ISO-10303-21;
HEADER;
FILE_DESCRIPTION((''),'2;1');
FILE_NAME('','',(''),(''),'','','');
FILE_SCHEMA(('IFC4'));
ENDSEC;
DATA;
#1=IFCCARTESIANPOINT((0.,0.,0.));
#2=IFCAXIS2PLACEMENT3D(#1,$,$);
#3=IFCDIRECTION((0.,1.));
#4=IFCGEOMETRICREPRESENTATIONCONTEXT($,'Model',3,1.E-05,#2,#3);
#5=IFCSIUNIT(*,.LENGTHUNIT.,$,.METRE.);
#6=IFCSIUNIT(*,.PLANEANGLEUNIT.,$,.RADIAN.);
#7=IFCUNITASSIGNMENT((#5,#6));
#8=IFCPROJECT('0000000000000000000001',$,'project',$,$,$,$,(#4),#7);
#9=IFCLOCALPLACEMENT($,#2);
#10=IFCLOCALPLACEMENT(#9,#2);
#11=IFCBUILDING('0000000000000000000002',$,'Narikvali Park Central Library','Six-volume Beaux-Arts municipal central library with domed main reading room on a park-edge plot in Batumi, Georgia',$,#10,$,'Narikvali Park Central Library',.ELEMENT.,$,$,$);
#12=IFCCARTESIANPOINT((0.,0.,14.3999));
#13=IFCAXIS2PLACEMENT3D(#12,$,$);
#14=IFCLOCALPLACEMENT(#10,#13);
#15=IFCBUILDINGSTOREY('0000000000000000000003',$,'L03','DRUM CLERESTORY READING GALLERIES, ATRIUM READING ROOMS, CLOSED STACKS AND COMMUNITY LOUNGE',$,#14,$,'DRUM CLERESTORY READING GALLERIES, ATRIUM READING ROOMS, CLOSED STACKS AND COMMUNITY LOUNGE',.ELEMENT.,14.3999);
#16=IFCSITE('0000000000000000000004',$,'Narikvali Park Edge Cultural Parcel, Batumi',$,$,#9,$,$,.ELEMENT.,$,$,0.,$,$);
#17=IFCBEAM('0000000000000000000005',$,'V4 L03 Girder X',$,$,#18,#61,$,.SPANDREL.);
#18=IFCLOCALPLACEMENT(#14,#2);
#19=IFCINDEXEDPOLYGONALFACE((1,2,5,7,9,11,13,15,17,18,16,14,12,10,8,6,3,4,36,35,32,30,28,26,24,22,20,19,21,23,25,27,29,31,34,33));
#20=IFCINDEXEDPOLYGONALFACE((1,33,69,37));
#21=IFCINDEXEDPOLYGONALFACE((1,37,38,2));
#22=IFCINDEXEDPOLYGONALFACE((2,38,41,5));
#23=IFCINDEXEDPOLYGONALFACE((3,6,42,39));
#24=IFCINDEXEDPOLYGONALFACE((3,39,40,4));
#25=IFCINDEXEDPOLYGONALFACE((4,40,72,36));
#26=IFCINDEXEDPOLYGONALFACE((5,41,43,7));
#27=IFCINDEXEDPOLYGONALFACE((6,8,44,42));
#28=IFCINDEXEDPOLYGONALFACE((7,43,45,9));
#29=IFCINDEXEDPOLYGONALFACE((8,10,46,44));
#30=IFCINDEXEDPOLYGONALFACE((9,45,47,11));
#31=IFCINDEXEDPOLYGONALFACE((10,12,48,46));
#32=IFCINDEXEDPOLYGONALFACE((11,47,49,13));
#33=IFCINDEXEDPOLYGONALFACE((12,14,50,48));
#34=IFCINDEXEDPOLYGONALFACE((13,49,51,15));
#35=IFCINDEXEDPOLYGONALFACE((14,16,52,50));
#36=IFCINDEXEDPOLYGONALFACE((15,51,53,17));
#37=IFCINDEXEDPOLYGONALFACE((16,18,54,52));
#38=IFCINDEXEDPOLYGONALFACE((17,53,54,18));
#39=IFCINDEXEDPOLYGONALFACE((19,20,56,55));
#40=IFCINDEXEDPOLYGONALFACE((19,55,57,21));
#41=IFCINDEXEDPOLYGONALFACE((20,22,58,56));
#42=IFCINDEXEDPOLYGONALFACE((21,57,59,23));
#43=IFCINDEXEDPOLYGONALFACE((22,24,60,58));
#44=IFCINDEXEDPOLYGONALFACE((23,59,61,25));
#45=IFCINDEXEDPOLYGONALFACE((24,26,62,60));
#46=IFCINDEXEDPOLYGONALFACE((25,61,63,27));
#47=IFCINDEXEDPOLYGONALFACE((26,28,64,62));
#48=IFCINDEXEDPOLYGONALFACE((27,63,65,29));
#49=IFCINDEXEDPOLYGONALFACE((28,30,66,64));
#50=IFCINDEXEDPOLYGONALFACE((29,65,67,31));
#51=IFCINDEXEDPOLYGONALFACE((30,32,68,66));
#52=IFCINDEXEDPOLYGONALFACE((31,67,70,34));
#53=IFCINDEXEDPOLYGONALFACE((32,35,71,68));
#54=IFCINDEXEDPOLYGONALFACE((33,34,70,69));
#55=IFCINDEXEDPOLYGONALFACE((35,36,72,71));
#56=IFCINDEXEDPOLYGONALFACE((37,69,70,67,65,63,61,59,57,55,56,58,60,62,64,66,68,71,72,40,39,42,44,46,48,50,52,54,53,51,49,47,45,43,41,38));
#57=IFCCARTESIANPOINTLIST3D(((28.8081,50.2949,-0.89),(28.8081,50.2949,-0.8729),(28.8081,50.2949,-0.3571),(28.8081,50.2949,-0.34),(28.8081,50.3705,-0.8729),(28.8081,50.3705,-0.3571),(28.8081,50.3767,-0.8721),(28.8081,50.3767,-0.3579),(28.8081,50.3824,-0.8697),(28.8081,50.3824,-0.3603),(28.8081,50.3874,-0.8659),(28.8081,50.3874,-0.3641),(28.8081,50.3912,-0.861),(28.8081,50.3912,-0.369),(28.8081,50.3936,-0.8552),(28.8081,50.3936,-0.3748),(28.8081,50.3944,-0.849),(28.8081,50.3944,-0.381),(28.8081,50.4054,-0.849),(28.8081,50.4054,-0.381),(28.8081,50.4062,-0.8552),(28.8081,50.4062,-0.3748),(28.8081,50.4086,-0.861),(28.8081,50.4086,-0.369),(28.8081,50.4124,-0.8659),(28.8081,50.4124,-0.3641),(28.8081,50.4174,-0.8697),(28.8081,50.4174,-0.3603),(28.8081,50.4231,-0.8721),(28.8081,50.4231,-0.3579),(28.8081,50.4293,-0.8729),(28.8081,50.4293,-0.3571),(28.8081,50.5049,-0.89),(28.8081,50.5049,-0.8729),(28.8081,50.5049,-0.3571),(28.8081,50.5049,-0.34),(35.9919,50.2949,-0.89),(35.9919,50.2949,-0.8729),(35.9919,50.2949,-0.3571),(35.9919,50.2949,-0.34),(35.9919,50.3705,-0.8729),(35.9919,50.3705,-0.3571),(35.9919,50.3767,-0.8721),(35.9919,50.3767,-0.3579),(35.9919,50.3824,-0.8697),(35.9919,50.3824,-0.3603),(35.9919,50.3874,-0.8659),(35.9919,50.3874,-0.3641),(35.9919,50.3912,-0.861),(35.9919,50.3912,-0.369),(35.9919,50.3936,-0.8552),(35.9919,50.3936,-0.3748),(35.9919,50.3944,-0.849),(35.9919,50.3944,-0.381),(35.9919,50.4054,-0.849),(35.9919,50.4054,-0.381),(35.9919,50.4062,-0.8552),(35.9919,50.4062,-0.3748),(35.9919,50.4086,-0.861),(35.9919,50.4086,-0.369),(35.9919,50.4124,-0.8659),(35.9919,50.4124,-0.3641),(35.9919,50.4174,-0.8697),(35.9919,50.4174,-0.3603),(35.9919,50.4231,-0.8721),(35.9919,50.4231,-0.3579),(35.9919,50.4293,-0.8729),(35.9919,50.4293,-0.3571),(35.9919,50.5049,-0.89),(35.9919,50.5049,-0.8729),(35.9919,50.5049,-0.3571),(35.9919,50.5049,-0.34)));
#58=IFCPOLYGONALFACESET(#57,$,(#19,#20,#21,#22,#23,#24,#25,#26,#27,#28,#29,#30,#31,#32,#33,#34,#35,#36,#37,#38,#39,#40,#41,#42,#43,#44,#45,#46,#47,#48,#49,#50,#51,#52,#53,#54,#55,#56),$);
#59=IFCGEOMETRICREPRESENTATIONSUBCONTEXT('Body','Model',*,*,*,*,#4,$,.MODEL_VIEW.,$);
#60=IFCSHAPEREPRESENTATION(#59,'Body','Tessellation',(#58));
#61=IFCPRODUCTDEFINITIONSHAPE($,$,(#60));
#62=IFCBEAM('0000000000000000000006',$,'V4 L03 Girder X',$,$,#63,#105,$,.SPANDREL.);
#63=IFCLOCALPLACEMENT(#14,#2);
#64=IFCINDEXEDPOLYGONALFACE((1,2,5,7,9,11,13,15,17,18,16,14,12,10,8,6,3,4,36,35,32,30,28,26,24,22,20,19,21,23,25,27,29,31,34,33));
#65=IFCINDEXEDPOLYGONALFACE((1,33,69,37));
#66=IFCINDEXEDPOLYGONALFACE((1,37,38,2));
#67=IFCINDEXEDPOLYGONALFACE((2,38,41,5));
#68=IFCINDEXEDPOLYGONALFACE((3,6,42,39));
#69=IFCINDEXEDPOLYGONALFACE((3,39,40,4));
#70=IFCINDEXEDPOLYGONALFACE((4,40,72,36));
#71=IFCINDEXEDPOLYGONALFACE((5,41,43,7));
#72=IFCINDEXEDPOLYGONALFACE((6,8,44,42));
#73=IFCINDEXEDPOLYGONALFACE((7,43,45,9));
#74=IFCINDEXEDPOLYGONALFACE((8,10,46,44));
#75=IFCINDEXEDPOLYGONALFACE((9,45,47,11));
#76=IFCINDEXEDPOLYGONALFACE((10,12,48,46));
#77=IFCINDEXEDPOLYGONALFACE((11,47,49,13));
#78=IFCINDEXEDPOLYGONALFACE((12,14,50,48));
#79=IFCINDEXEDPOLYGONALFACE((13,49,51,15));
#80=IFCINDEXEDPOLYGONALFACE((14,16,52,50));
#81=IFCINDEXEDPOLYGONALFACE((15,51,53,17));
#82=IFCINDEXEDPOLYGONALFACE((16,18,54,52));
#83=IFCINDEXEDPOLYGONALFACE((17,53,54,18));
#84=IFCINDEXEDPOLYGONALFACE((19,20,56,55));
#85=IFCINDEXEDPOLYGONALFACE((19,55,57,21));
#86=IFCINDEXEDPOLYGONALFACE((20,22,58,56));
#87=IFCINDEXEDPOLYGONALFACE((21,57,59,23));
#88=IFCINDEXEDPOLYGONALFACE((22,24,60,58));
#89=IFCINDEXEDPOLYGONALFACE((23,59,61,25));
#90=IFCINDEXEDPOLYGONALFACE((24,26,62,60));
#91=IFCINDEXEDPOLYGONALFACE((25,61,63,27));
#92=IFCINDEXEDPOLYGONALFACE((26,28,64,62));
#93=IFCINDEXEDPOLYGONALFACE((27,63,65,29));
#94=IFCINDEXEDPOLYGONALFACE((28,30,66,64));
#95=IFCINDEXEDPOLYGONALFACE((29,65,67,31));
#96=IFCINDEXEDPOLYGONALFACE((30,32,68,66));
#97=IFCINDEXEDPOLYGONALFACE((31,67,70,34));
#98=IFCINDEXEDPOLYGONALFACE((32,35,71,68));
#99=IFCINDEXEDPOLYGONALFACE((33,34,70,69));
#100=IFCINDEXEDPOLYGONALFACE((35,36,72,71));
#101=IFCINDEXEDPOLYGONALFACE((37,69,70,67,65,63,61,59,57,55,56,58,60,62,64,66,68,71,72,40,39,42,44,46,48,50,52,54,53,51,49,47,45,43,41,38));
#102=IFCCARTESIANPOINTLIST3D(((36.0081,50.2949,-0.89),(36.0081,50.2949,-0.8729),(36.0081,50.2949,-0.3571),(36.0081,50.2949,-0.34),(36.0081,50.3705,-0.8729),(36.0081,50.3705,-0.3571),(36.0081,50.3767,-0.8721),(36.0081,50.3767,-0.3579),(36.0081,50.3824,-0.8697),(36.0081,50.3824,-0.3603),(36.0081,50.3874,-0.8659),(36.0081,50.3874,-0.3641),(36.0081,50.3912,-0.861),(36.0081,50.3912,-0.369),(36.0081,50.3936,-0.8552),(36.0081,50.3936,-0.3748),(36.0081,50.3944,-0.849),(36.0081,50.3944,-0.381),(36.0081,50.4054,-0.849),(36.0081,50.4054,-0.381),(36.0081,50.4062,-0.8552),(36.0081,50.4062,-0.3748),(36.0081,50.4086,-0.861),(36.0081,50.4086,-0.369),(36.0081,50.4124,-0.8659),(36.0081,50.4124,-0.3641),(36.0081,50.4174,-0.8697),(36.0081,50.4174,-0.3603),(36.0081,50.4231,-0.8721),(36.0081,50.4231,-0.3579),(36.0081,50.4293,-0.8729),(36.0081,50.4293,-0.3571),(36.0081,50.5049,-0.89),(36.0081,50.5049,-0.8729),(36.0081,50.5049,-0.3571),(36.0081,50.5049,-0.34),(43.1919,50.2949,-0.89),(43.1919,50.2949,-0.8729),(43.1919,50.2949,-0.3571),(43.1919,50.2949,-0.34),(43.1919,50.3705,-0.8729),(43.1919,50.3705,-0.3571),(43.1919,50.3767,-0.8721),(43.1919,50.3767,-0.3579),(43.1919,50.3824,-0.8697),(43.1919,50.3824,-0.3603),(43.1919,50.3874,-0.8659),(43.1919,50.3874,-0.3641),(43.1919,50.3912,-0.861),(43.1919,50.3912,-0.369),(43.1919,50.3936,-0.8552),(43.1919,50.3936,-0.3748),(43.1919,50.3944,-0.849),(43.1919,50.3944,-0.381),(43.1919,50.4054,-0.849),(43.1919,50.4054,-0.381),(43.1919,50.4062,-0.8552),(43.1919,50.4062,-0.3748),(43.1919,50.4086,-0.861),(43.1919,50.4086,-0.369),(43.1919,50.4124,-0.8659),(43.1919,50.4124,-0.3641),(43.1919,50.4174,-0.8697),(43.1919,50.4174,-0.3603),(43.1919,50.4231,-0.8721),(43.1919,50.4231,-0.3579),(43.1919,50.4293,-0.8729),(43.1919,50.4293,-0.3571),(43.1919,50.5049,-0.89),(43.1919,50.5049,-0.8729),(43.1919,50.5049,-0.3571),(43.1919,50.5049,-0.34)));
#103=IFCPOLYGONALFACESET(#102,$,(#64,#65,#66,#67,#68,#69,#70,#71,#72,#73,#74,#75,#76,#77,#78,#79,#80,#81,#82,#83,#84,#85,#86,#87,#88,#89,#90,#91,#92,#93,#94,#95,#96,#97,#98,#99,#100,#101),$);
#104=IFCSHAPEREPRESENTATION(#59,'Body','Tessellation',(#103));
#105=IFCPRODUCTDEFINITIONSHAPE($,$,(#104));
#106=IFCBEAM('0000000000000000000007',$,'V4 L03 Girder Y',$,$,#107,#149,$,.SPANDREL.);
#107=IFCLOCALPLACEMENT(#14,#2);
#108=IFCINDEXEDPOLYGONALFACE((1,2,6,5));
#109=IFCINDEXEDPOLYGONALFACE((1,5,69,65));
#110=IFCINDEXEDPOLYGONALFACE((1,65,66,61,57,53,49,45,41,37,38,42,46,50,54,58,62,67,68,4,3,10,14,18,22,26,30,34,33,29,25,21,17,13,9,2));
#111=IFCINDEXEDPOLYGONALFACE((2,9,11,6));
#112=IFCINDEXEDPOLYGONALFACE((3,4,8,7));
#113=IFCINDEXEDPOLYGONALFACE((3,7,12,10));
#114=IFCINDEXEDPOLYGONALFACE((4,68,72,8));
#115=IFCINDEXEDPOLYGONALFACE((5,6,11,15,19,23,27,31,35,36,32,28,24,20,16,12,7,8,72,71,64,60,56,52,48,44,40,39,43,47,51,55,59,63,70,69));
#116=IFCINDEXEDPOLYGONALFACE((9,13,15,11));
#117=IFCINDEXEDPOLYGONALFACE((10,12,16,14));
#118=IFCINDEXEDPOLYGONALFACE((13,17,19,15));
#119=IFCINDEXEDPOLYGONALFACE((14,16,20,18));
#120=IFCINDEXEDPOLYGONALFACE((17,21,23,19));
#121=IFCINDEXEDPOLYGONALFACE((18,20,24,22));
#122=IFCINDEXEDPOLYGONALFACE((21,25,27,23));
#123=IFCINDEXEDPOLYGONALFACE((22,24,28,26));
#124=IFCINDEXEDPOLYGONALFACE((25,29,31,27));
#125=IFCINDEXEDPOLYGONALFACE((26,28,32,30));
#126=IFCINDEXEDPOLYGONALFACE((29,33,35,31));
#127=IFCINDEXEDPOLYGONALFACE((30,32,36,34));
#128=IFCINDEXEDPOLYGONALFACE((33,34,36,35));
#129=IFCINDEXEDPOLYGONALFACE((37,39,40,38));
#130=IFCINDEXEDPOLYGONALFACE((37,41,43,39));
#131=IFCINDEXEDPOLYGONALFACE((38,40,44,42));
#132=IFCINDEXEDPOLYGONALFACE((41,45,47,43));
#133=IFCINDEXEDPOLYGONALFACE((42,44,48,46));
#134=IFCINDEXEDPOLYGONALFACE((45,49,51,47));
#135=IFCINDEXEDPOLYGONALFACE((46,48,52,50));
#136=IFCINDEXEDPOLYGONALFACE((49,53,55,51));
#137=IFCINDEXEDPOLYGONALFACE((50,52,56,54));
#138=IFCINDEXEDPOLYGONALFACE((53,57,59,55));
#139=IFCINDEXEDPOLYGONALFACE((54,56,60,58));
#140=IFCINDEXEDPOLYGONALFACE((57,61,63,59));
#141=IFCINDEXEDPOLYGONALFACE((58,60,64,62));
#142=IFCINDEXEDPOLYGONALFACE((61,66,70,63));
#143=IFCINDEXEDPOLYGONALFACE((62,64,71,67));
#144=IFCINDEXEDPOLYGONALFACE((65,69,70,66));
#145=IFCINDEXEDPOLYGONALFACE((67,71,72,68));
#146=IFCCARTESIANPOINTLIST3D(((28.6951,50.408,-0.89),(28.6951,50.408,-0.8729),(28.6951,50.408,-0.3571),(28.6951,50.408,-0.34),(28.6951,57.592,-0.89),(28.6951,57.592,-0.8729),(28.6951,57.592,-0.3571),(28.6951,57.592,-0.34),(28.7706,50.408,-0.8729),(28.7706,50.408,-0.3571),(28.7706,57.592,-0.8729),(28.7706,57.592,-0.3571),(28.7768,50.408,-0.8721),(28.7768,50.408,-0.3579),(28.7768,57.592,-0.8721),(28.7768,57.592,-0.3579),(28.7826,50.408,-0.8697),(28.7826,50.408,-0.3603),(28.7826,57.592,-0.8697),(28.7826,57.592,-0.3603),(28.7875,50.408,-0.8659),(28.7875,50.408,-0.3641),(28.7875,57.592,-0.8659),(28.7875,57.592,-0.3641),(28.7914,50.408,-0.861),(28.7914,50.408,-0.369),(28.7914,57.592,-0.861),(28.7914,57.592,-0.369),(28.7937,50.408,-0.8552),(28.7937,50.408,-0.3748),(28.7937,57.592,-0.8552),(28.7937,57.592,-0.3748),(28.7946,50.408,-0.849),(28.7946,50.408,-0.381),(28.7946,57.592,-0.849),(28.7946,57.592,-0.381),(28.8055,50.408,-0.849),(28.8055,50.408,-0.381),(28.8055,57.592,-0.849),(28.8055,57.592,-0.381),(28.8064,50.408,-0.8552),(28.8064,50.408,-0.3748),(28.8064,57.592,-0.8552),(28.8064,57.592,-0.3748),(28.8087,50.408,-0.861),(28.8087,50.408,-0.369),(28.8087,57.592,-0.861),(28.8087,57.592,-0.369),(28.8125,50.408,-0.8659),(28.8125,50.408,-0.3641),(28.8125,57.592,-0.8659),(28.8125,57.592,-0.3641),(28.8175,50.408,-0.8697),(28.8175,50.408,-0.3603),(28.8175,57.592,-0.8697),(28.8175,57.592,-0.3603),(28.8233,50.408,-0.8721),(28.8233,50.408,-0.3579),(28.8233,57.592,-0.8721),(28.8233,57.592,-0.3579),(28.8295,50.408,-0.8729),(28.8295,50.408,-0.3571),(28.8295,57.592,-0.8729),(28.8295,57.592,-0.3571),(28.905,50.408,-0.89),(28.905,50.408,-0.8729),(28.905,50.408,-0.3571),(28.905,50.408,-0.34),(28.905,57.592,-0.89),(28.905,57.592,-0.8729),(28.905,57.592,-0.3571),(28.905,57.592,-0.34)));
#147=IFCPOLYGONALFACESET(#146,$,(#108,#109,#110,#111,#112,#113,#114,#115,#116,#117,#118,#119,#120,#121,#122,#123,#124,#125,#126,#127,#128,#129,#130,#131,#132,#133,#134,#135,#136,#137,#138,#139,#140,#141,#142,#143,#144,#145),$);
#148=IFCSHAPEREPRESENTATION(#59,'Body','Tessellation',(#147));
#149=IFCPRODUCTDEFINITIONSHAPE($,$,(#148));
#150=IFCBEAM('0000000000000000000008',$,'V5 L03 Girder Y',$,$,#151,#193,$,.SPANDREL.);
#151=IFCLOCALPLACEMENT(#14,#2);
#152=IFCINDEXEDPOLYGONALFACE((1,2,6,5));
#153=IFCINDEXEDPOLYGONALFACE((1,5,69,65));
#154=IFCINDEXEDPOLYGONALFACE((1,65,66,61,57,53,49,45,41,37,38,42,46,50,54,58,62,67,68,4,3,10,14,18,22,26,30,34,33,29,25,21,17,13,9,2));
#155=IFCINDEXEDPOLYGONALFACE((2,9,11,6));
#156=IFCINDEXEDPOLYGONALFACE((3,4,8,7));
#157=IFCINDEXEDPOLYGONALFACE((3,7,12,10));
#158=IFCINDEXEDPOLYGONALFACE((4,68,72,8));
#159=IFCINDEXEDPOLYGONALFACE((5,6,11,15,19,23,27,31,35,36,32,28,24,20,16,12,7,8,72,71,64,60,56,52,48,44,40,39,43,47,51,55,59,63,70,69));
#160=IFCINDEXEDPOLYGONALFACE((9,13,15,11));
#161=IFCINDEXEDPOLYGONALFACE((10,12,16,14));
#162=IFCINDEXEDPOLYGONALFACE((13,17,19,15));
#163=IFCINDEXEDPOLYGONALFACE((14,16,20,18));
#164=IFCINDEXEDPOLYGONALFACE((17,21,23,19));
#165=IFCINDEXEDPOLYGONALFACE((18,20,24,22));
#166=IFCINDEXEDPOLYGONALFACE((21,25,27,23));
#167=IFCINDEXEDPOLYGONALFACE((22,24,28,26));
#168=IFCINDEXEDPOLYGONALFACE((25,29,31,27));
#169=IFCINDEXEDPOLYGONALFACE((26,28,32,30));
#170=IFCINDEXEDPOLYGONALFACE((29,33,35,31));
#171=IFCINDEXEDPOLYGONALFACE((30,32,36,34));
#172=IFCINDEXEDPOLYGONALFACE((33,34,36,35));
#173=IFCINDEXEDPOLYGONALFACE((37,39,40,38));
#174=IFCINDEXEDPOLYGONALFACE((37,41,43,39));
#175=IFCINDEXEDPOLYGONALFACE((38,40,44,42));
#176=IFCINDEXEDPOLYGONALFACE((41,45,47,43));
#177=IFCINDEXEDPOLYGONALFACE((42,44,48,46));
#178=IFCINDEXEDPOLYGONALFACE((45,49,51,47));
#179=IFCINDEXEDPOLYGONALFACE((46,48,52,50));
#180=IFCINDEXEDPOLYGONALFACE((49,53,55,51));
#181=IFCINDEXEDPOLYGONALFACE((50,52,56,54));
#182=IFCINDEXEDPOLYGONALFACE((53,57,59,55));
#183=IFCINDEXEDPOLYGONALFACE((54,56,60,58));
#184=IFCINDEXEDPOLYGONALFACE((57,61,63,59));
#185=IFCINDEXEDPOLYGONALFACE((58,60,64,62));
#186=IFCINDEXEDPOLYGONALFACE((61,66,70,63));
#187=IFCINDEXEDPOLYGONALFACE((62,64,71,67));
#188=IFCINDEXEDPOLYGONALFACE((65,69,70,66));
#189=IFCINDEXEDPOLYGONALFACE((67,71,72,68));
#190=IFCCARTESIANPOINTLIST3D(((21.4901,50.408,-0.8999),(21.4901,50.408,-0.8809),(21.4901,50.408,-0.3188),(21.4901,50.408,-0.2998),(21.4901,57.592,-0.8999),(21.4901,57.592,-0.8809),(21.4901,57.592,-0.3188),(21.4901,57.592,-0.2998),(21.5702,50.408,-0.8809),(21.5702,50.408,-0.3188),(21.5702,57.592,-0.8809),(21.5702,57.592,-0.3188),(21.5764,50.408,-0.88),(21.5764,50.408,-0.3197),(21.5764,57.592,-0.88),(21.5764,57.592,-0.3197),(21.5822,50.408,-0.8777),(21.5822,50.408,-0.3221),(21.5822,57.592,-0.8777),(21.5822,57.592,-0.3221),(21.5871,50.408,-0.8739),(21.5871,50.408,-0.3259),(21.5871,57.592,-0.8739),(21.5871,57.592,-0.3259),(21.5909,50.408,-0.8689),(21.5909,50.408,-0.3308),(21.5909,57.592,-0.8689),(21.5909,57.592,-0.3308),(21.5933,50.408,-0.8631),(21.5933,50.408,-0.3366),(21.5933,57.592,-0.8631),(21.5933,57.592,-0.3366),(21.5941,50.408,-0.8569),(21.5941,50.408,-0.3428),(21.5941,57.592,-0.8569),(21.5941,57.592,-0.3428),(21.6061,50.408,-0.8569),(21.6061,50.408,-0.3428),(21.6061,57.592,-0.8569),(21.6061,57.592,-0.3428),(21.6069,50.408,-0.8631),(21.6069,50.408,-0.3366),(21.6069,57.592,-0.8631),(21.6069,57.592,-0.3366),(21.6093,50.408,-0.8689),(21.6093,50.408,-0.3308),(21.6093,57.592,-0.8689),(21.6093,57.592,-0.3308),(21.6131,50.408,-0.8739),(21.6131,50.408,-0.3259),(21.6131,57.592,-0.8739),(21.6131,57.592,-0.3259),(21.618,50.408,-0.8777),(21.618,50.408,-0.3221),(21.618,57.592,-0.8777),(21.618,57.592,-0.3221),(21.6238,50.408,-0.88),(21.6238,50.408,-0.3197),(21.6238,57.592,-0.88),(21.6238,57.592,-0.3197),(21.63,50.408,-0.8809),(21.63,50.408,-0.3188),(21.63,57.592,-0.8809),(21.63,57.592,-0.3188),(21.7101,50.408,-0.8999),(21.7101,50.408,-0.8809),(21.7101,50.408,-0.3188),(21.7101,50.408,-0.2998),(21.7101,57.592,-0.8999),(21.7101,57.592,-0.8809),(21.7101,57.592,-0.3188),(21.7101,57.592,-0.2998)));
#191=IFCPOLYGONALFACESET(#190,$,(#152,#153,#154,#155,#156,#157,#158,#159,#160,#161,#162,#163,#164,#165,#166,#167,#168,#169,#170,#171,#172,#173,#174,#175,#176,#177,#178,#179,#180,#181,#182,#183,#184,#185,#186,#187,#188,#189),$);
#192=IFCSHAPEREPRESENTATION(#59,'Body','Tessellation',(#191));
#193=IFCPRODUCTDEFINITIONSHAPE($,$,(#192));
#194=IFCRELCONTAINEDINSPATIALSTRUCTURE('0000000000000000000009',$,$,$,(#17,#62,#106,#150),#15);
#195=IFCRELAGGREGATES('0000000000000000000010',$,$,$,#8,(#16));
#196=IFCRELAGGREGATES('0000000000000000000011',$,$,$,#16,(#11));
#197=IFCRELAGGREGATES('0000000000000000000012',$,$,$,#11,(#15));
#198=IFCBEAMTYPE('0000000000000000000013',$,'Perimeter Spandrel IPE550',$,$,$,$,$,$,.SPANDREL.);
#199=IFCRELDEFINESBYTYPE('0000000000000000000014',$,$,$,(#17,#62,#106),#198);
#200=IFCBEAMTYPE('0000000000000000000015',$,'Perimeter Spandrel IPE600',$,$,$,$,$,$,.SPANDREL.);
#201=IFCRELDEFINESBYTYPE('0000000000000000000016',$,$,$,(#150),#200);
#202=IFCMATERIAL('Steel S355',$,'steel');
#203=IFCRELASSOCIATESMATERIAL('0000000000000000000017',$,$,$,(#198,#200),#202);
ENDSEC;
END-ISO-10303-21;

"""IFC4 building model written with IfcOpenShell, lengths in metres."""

from ifc_helpers import new_model, si_unit, direction, frame, origin, origin_2d, place, context, subcontext, project, spatial, i_section, extrude, material, material_profile, profile_set, type_object, element, save


model = new_model("IFC4")

# Units and contexts
model_context = context("Model", 3, precision=1e-05, world=origin(), true_north=direction((0.0, 1.0)))
body_context = subcontext(model_context, "Body", "Model", "MODEL_VIEW")
ifc_project = project(units=[si_unit("LENGTHUNIT", "METRE"), si_unit("PLANEANGLEUNIT", "RADIAN")], contexts=[model_context])

# Site, building, storey
site_placement = place(None, origin())
site = spatial("IfcSite", under=ifc_project, at=site_placement, Name="Narikvali Park Edge Cultural Parcel, Batumi", CompositionType="ELEMENT", RefElevation=0.0)
building_placement = place(site_placement, origin())
building = spatial("IfcBuilding", under=site, at=building_placement, Name="Narikvali Park Central Library", Description="Six-volume Beaux-Arts municipal central library with domed main reading room on a park-edge plot in Batumi, Georgia", LongName="Narikvali Park Central Library", CompositionType="ELEMENT")
storey_placement = place(building_placement, frame((0.0, 0.0, 14.3999)))
storey = spatial("IfcBuildingStorey", under=building, at=storey_placement, Name="L03", Description="DRUM CLERESTORY READING GALLERIES, ATRIUM READING ROOMS, CLOSED STACKS AND COMMUNITY LOUNGE", LongName="DRUM CLERESTORY READING GALLERIES, ATRIUM READING ROOMS, CLOSED STACKS AND COMMUNITY LOUNGE", CompositionType="ELEMENT", Elevation=14.3999)

# Beams
ifc_material_1 = material(Name="Steel S355", Category="steel")
ifc_material_profile_1 = material_profile(ifc_material_1, i_section(OverallWidth=0.21, OverallDepth=0.55, WebThickness=0.011, FlangeThickness=0.0171, FilletRadius=0.0239, at=origin_2d()), Name="IPE 550")
ifc_profile_set_1 = profile_set([ifc_material_profile_1], Name="Steel S355")
beam_type_1 = type_object("IfcBeamType", Name="Perimeter Spandrel IPE550", PredefinedType="SPANDREL", material=ifc_profile_set_1)
for number, where, z_axis, x_axis, name in (
    (1, (28.8081, 50.3999, -0.615), (1.0, 0.0, 0.0), (0.0, 1.0, 0.0), "V4 L03 Girder X"),
    (2, (36.0081, 50.3999, -0.615), (1.0, 0.0, 0.0), (0.0, 1.0, 0.0), "V4 L03 Girder X"),
):
    element("IfcBeam", number, at=place(storey_placement, frame(where, z_axis=z_axis, x_axis=x_axis)), inside=storey, type_object=beam_type_1, Name=name, PredefinedType="SPANDREL", context=body_context, shape_type="SweptSolid", body=[
        extrude(i_section(OverallWidth=0.21, OverallDepth=0.55, WebThickness=0.011, FlangeThickness=0.0171, FilletRadius=0.0239, at=origin_2d()), origin(), (0.0, 0.0, 1.0), 7.1838),
    ])
beam_1_placement = place(storey_placement, frame((28.8, 50.408, -0.615), z_axis=(0.0, 1.0, 0.0), x_axis=(-1.0, 0.0, 0.0)))
element("IfcBeam", 3, at=beam_1_placement, inside=storey, type_object=beam_type_1, Name="V4 L03 Girder Y", PredefinedType="SPANDREL", context=body_context, shape_type="SweptSolid", body=[
    extrude(i_section(OverallWidth=0.21, OverallDepth=0.55, WebThickness=0.011, FlangeThickness=0.0171, FilletRadius=0.0239, at=origin_2d()), origin(), (0.0, 0.0, 1.0), 7.1841),
])
ifc_material_profile_2 = material_profile(ifc_material_1, i_section(OverallWidth=0.22, OverallDepth=0.6001, WebThickness=0.012, FlangeThickness=0.019, FilletRadius=0.0239, at=origin_2d()), Name="IPE 600")
ifc_profile_set_2 = profile_set([ifc_material_profile_2], Name="Steel S355")
beam_type_2 = type_object("IfcBeamType", Name="Perimeter Spandrel IPE600", PredefinedType="SPANDREL", material=ifc_profile_set_2)
beam_2_placement = place(storey_placement, frame((21.6001, 50.408, -0.5999), z_axis=(0.0, 1.0, 0.0), x_axis=(-1.0, 0.0, 0.0)))
element("IfcBeam", 4, at=beam_2_placement, inside=storey, type_object=beam_type_2, Name="V5 L03 Girder Y", PredefinedType="SPANDREL", context=body_context, shape_type="SweptSolid", body=[
    extrude(i_section(OverallWidth=0.22, OverallDepth=0.6001, WebThickness=0.012, FlangeThickness=0.019, FilletRadius=0.0239, at=origin_2d()), origin(), (0.0, 0.0, 1.0), 7.1841),
])

save(model, "model.ifc")
